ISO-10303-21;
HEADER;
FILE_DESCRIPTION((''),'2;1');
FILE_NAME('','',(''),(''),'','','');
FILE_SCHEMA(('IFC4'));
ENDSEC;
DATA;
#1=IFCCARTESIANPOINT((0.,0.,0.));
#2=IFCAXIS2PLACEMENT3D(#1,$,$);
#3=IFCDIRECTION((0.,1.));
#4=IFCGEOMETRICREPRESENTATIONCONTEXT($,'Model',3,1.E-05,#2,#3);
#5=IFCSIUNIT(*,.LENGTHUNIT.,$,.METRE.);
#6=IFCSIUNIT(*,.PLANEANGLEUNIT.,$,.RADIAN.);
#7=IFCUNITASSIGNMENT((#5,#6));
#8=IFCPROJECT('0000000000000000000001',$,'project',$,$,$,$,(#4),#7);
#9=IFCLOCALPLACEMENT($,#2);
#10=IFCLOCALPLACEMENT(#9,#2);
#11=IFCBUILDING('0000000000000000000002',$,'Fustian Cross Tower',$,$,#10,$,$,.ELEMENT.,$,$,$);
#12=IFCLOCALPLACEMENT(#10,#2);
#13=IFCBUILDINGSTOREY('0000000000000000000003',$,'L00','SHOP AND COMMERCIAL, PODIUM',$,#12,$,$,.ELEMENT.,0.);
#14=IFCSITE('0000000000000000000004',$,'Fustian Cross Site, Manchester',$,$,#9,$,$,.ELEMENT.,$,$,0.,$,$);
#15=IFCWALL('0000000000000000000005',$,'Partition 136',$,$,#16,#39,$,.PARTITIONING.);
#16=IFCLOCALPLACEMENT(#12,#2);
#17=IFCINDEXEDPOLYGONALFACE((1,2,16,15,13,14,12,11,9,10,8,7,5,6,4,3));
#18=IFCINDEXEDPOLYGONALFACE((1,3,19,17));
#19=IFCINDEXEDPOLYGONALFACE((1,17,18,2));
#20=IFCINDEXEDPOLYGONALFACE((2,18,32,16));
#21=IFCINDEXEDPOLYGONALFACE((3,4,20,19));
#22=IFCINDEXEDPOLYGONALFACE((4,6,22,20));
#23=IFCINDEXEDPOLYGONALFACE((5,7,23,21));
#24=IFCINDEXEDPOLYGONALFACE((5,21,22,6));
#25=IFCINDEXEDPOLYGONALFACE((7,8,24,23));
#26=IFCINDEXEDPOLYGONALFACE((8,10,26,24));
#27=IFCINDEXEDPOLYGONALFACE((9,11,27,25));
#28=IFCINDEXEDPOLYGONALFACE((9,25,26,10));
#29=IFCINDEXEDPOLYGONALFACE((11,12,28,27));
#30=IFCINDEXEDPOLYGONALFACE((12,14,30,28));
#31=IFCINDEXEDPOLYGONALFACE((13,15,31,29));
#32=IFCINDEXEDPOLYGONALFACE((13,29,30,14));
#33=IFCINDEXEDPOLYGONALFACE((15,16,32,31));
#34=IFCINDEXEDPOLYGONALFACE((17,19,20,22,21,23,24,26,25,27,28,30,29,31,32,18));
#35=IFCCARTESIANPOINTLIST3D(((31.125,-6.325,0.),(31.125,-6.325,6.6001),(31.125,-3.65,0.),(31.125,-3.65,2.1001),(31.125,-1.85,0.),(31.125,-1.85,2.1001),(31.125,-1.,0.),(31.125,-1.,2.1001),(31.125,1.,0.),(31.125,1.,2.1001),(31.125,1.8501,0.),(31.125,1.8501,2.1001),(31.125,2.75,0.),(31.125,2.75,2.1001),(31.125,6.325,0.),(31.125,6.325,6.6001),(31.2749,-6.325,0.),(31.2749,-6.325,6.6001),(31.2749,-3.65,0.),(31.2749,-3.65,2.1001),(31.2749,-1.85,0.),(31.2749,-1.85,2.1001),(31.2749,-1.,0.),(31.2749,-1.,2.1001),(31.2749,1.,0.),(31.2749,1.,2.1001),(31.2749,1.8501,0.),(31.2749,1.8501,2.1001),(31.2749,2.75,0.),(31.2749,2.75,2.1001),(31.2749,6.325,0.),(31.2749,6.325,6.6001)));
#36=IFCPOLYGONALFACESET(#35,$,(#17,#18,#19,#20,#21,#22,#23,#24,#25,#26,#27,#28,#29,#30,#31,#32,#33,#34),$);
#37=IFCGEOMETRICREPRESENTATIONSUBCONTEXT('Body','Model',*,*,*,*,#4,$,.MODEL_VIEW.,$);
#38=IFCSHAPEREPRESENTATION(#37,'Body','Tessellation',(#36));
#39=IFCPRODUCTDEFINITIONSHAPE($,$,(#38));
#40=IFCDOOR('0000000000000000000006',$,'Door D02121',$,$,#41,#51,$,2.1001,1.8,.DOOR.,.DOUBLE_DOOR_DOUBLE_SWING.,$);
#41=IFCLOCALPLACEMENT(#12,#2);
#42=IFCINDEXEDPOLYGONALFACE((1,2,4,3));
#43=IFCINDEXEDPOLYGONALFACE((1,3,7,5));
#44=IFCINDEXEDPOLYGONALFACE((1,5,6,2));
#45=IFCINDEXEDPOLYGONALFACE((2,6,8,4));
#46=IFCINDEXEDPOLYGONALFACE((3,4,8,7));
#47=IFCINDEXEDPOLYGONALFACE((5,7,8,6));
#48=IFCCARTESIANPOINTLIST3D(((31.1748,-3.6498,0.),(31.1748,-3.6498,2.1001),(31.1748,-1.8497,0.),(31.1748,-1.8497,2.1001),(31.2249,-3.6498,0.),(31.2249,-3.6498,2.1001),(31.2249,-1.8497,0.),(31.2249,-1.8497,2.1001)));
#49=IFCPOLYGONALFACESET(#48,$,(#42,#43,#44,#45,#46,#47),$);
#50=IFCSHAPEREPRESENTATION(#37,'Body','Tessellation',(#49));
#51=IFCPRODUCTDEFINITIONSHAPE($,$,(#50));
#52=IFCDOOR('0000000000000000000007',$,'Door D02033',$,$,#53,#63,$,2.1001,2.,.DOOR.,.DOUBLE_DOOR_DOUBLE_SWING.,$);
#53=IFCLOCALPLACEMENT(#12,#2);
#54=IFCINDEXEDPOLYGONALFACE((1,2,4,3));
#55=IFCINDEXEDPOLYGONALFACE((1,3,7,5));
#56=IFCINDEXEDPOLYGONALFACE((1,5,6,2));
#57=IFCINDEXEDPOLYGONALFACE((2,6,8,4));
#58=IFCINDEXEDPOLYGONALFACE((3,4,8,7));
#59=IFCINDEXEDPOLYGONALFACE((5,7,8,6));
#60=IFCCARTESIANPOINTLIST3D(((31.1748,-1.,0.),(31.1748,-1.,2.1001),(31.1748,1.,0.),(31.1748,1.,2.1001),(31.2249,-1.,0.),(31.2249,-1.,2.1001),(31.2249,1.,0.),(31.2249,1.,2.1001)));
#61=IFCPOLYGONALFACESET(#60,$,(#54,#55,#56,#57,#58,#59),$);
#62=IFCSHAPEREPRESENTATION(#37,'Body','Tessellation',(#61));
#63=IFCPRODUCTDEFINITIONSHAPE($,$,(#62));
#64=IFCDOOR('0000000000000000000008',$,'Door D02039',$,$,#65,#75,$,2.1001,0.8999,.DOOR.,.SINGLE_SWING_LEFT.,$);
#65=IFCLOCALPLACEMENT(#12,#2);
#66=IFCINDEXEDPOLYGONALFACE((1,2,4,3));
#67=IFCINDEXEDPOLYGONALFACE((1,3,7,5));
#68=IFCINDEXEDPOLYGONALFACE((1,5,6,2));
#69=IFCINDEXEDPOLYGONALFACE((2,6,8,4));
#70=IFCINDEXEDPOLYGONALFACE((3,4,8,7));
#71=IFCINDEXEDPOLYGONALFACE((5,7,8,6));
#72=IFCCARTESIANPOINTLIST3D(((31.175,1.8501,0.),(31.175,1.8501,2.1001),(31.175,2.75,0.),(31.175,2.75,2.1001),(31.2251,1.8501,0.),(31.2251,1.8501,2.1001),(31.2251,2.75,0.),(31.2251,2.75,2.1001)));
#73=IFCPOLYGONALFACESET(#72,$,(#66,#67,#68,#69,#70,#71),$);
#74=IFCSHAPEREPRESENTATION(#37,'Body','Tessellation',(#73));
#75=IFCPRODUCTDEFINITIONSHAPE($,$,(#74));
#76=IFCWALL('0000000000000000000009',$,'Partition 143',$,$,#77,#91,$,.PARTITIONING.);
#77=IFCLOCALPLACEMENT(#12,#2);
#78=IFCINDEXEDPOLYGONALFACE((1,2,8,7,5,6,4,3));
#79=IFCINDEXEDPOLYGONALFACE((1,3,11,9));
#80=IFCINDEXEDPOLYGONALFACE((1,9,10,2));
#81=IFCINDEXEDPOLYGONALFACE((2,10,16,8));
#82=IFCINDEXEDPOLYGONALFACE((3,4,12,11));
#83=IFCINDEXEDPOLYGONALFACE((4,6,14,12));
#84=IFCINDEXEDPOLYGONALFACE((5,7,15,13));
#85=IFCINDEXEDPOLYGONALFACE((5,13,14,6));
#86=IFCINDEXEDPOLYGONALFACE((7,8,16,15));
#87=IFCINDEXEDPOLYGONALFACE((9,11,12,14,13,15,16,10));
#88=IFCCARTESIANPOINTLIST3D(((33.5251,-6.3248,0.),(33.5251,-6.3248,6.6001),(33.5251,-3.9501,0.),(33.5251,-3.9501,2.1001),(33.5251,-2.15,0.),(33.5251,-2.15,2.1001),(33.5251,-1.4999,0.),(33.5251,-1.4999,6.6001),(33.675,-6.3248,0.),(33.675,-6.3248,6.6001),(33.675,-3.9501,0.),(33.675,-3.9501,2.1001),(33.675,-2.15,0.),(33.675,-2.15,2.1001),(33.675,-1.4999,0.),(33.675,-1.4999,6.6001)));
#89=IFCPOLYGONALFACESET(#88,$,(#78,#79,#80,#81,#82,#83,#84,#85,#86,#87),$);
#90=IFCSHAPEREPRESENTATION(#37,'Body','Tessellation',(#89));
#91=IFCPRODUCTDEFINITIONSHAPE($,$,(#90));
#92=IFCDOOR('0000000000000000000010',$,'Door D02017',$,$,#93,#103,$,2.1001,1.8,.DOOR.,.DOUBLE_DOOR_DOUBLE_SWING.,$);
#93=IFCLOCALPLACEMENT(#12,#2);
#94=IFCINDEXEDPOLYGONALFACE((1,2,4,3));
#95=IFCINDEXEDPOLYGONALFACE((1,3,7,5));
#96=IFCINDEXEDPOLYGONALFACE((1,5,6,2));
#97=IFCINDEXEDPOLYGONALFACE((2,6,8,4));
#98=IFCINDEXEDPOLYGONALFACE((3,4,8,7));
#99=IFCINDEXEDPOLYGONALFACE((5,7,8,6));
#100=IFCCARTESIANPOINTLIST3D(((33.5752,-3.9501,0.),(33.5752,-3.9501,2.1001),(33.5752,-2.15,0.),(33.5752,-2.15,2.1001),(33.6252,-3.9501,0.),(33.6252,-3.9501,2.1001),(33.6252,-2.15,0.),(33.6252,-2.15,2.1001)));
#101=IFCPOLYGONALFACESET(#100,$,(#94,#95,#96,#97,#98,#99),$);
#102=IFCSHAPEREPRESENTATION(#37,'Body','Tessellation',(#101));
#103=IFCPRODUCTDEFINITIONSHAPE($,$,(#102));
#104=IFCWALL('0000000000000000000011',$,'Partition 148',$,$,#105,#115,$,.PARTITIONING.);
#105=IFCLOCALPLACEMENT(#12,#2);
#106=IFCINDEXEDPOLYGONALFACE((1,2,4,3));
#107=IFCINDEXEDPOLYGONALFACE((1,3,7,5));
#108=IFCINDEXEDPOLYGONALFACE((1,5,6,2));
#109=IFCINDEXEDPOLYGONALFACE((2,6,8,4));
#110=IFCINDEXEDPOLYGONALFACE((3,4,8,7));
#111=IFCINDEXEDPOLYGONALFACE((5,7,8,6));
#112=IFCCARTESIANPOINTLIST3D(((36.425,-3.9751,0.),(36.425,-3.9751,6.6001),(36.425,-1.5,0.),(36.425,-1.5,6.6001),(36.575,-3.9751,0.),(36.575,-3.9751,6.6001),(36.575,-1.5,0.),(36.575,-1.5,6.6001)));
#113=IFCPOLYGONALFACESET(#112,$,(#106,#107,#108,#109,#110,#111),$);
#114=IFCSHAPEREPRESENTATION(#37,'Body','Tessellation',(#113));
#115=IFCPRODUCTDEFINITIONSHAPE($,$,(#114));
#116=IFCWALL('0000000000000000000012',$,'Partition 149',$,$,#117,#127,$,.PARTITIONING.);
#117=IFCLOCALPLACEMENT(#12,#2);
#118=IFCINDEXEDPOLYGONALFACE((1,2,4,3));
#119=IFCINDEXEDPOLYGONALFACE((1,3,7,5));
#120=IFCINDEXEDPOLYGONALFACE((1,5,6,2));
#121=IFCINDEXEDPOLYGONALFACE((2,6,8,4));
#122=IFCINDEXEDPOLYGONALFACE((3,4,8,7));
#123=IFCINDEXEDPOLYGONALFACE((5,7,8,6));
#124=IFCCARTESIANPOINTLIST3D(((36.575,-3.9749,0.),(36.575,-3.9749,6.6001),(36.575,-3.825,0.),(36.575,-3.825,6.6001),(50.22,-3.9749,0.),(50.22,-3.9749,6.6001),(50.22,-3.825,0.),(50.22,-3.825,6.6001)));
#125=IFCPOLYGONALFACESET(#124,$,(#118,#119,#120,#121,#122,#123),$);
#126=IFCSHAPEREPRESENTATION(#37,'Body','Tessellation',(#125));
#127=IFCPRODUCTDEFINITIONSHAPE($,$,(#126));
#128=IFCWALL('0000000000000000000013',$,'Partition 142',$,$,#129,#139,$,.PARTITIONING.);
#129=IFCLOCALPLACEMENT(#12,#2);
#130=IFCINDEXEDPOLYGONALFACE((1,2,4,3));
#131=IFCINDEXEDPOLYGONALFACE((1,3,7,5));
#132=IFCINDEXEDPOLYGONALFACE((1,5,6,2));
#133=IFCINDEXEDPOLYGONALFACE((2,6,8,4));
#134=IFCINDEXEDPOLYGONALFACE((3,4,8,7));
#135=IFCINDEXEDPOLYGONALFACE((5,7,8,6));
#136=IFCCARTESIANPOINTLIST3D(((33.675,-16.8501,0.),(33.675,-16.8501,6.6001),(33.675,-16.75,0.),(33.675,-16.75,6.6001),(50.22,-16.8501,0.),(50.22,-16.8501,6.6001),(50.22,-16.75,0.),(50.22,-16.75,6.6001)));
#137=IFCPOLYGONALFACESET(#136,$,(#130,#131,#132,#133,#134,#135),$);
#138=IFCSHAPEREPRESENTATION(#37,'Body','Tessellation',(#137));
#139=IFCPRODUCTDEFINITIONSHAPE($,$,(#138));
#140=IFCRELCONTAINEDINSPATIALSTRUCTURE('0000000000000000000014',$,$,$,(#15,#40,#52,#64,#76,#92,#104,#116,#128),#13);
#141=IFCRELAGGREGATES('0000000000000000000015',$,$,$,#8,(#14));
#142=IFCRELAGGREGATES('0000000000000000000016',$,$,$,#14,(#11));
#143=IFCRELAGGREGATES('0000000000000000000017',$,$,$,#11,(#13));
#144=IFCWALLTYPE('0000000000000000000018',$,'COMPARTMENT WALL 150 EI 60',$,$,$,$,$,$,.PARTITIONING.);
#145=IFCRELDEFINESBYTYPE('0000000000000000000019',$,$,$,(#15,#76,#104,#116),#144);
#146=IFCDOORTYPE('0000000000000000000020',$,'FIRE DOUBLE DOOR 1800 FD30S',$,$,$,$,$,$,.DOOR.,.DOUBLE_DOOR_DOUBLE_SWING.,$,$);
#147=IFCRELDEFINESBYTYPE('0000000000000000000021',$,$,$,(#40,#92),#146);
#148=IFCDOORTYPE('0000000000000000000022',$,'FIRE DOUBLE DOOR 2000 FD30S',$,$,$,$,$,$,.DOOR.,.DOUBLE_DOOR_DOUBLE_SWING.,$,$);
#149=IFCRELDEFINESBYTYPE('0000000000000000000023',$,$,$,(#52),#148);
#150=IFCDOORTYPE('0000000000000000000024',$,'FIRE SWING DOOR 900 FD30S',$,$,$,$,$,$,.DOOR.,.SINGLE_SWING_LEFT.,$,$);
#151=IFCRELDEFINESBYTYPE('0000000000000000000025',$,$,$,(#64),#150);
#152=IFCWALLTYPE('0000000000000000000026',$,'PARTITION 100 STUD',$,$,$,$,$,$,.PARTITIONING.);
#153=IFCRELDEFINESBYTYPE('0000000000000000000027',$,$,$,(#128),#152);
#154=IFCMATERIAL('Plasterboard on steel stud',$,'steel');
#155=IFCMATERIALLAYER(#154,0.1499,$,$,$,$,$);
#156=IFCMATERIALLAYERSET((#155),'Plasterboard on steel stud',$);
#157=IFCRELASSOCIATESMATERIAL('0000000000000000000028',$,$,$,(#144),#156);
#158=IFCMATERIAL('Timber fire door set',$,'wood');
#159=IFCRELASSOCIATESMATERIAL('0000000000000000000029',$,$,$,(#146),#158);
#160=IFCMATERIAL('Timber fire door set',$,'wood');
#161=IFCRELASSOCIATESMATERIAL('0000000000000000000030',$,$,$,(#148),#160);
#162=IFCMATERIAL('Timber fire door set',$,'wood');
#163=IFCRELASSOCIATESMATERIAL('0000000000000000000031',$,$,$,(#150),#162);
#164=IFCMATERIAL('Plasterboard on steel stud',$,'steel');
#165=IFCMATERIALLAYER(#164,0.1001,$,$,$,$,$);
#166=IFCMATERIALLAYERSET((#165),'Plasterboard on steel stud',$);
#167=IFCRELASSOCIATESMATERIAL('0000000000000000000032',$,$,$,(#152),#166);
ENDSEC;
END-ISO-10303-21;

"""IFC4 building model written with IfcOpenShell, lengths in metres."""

from ifc_helpers import new_model, si_unit, direction, frame, frame_2d, origin, place, context, subcontext, project, spatial, rectangle, extrude, material, layer, layer_set, type_object, element, fill, save


model = new_model("IFC4")

# Units and contexts
model_context = context("Model", 3, precision=1e-05, world=origin(), true_north=direction((0.0, 1.0)))
body_context = subcontext(model_context, "Body", "Model", "MODEL_VIEW")
ifc_project = project(units=[si_unit("LENGTHUNIT", "METRE"), si_unit("PLANEANGLEUNIT", "RADIAN")], contexts=[model_context])

# Site, building, storey
site_placement = place(None, origin())
site = spatial("IfcSite", under=ifc_project, at=site_placement, Name="Fustian Cross Site, Manchester", CompositionType="ELEMENT", RefElevation=0.0)
building_placement = place(site_placement, origin())
building = spatial("IfcBuilding", under=site, at=building_placement, Name="Fustian Cross Tower", CompositionType="ELEMENT")
storey_placement = place(building_placement, origin())
storey = spatial("IfcBuildingStorey", under=building, at=storey_placement, Name="L00", Description="SHOP AND COMMERCIAL, PODIUM", CompositionType="ELEMENT", Elevation=0.0)

# Shared definitions
ifc_material_1 = material(Name="Plasterboard on steel stud", Category="steel")
ifc_layer_1 = layer(ifc_material_1, 0.1499)
ifc_layer_set_1 = layer_set([ifc_layer_1], Name="Plasterboard on steel stud")
wall_type_1 = type_object("IfcWallType", Name="COMPARTMENT WALL 150 EI 60", PredefinedType="PARTITIONING", material=ifc_layer_set_1)
ifc_material_2 = material(Name="Timber fire door set", Category="wood")
door_type_1 = type_object("IfcDoorType", Name="FIRE DOUBLE DOOR 1800 FD30S", OperationType="DOUBLE_DOOR_DOUBLE_SWING", PredefinedType="DOOR", material=ifc_material_2)

# Wall, openings, doors
wall_1_placement = place(storey_placement, frame((31.2, -6.325, 0.0), z_axis=(0.0, 0.0, 1.0), x_axis=(0.0, 1.0, 0.0)))
wall_1 = element("IfcWall", 1, at=wall_1_placement, inside=storey, type_object=wall_type_1, Name="Partition 136", PredefinedType="PARTITIONING", context=body_context, shape_type="SweptSolid", body=[
    extrude(rectangle(XDim=12.6499, YDim=0.1499, at=frame_2d((6.325, 0.0))), origin(), (0.0, 0.0, 1.0), 6.6001),
])
opening_1_placement = place(wall_1_placement, frame((5.325, 0.0, 0.0)))
opening_1 = element("IfcOpeningElement", 2, at=opening_1_placement, cuts=wall_1, PredefinedType="OPENING", context=body_context, shape_type="SweptSolid", body=[
    extrude(rectangle(XDim=2.0, YDim=2.1001, at=frame_2d((1.0, 1.05))), frame((0.0, 0.085, 0.0), z_axis=(0.0, -1.0, 0.0), x_axis=(1.0, 0.0, 0.0)), (0.0, 0.0, 1.0), 0.1699),
])
opening_2_placement = place(wall_1_placement, frame((8.175, 0.0, 0.0)))
opening_2 = element("IfcOpeningElement", 3, at=opening_2_placement, cuts=wall_1, PredefinedType="OPENING", context=body_context, shape_type="SweptSolid", body=[
    extrude(rectangle(XDim=0.8999, YDim=2.1001, at=frame_2d((0.45, 1.05))), frame((0.0, 0.085, 0.0), z_axis=(0.0, -1.0, 0.0), x_axis=(1.0, 0.0, 0.0)), (0.0, 0.0, 1.0), 0.1699),
])
opening_3_placement = place(wall_1_placement, frame((2.675, 0.0, 0.0)))
opening_3 = element("IfcOpeningElement", 4, at=opening_3_placement, cuts=wall_1, PredefinedType="OPENING", context=body_context, shape_type="SweptSolid", body=[
    extrude(rectangle(XDim=1.8, YDim=2.1001, at=frame_2d((0.8999, 1.05))), frame((0.0, 0.085, 0.0), z_axis=(0.0, -1.0, 0.0), x_axis=(1.0, 0.0, 0.0)), (0.0, 0.0, 1.0), 0.1699),
])
door_1_placement = place(opening_3_placement, frame((1.8, 0.0, 0.0), z_axis=(0.0, 0.0, 1.0), x_axis=(-1.0, 0.0, 0.0)))
door_1 = element("IfcDoor", 5, at=door_1_placement, inside=storey, type_object=door_type_1, Name="Door D02121", OperationType="DOUBLE_DOOR_DOUBLE_SWING", OverallHeight=2.1001, OverallWidth=1.8, PredefinedType="DOOR", context=body_context, shape_type="SweptSolid", body=[
    extrude(rectangle(XDim=1.8, YDim=2.1001, at=frame_2d((0.8999, 1.05))), frame((0.0, 0.0249, 0.0), z_axis=(0.0, -1.0, 0.0), x_axis=(1.0, 0.0, 0.0)), (0.0, 0.0, 1.0), 0.05),
])
fill(opening_3, door_1)
ifc_material_3 = material(Name="Timber fire door set", Category="wood")
door_type_2 = type_object("IfcDoorType", Name="FIRE DOUBLE DOOR 2000 FD30S", OperationType="DOUBLE_DOOR_DOUBLE_SWING", PredefinedType="DOOR", material=ifc_material_3)
door_2_placement = place(opening_1_placement, frame((2.0, 0.0, 0.0), z_axis=(0.0, 0.0, 1.0), x_axis=(-1.0, 0.0, 0.0)))
door_2 = element("IfcDoor", 6, at=door_2_placement, inside=storey, type_object=door_type_2, Name="Door D02033", OperationType="DOUBLE_DOOR_DOUBLE_SWING", OverallHeight=2.1001, OverallWidth=2.0, PredefinedType="DOOR", context=body_context, shape_type="SweptSolid", body=[
    extrude(rectangle(XDim=2.0, YDim=2.1001, at=frame_2d((1.0, 1.05))), frame((0.0, 0.0249, 0.0), z_axis=(0.0, -1.0, 0.0), x_axis=(1.0, 0.0, 0.0)), (0.0, 0.0, 1.0), 0.05),
])
fill(opening_1, door_2)
ifc_material_4 = material(Name="Timber fire door set", Category="wood")
door_type_3 = type_object("IfcDoorType", Name="FIRE SWING DOOR 900 FD30S", OperationType="SINGLE_SWING_LEFT", PredefinedType="DOOR", material=ifc_material_4)
door_3_placement = place(opening_2_placement, origin())
door_3 = element("IfcDoor", 7, at=door_3_placement, inside=storey, type_object=door_type_3, Name="Door D02039", OperationType="SINGLE_SWING_LEFT", OverallHeight=2.1001, OverallWidth=0.8999, PredefinedType="DOOR", context=body_context, shape_type="SweptSolid", body=[
    extrude(rectangle(XDim=0.8999, YDim=2.1001, at=frame_2d((0.45, 1.05))), frame((0.0, 0.0249, 0.0), z_axis=(0.0, -1.0, 0.0), x_axis=(1.0, 0.0, 0.0)), (0.0, 0.0, 1.0), 0.05),
])
fill(opening_2, door_3)

# Wall, opening, door
wall_2_placement = place(storey_placement, frame((33.6001, -6.325, 0.0), z_axis=(0.0, 0.0, 1.0), x_axis=(0.0, 1.0, 0.0)))
wall_2 = element("IfcWall", 8, at=wall_2_placement, inside=storey, type_object=wall_type_1, Name="Partition 143", PredefinedType="PARTITIONING", context=body_context, shape_type="SweptSolid", body=[
    extrude(rectangle(XDim=4.825, YDim=0.1499, at=frame_2d((2.4126, 0.0))), origin(), (0.0, 0.0, 1.0), 6.6001),
])
opening_4_placement = place(wall_2_placement, frame((2.375, 0.0, 0.0)))
opening_4 = element("IfcOpeningElement", 9, at=opening_4_placement, cuts=wall_2, PredefinedType="OPENING", context=body_context, shape_type="SweptSolid", body=[
    extrude(rectangle(XDim=1.8, YDim=2.1001, at=frame_2d((0.8999, 1.05))), frame((0.0, 0.085, 0.0), z_axis=(0.0, -1.0, 0.0), x_axis=(1.0, 0.0, 0.0)), (0.0, 0.0, 1.0), 0.1699),
])
door_4_placement = place(opening_4_placement, origin())
door_4 = element("IfcDoor", 10, at=door_4_placement, inside=storey, type_object=door_type_1, Name="Door D02017", OperationType="DOUBLE_DOOR_DOUBLE_SWING", OverallHeight=2.1001, OverallWidth=1.8, PredefinedType="DOOR", context=body_context, shape_type="SweptSolid", body=[
    extrude(rectangle(XDim=1.8, YDim=2.1001, at=frame_2d((0.8999, 1.05))), frame((0.0, 0.0249, 0.0), z_axis=(0.0, -1.0, 0.0), x_axis=(1.0, 0.0, 0.0)), (0.0, 0.0, 1.0), 0.05),
])
fill(opening_4, door_4)

# Walls
wall_3_placement = place(storey_placement, frame((36.5, -3.9751, 0.0), z_axis=(0.0, 0.0, 1.0), x_axis=(0.0, 1.0, 0.0)))
element("IfcWall", 11, at=wall_3_placement, inside=storey, type_object=wall_type_1, Name="Partition 148", PredefinedType="PARTITIONING", context=body_context, shape_type="SweptSolid", body=[
    extrude(rectangle(XDim=2.4751, YDim=0.1499, at=frame_2d((1.2375, 0.0))), origin(), (0.0, 0.0, 1.0), 6.6001),
])
wall_4_placement = place(storey_placement, frame((36.575, -3.8999, 0.0), z_axis=(0.0, 0.0, 1.0), x_axis=(1.0, 0.0, 0.0)))
element("IfcWall", 12, at=wall_4_placement, inside=storey, type_object=wall_type_1, Name="Partition 149", PredefinedType="PARTITIONING", context=body_context, shape_type="SweptSolid", body=[
    extrude(rectangle(XDim=13.645, YDim=0.1499, at=frame_2d((6.8225, 0.0))), origin(), (0.0, 0.0, 1.0), 6.6001),
])
ifc_material_5 = material(Name="Plasterboard on steel stud", Category="steel")
ifc_layer_2 = layer(ifc_material_5, 0.1001)
ifc_layer_set_2 = layer_set([ifc_layer_2], Name="Plasterboard on steel stud")
wall_type_2 = type_object("IfcWallType", Name="PARTITION 100 STUD", PredefinedType="PARTITIONING", material=ifc_layer_set_2)
wall_5_placement = place(storey_placement, frame((33.675, -16.8, 0.0), z_axis=(0.0, 0.0, 1.0), x_axis=(1.0, 0.0, 0.0)))
element("IfcWall", 13, at=wall_5_placement, inside=storey, type_object=wall_type_2, Name="Partition 142", PredefinedType="PARTITIONING", context=body_context, shape_type="SweptSolid", body=[
    extrude(rectangle(XDim=16.5449, YDim=0.1001, at=frame_2d((8.2725, 0.0))), origin(), (0.0, 0.0, 1.0), 6.6001),
])

save(model, "model.ifc")
